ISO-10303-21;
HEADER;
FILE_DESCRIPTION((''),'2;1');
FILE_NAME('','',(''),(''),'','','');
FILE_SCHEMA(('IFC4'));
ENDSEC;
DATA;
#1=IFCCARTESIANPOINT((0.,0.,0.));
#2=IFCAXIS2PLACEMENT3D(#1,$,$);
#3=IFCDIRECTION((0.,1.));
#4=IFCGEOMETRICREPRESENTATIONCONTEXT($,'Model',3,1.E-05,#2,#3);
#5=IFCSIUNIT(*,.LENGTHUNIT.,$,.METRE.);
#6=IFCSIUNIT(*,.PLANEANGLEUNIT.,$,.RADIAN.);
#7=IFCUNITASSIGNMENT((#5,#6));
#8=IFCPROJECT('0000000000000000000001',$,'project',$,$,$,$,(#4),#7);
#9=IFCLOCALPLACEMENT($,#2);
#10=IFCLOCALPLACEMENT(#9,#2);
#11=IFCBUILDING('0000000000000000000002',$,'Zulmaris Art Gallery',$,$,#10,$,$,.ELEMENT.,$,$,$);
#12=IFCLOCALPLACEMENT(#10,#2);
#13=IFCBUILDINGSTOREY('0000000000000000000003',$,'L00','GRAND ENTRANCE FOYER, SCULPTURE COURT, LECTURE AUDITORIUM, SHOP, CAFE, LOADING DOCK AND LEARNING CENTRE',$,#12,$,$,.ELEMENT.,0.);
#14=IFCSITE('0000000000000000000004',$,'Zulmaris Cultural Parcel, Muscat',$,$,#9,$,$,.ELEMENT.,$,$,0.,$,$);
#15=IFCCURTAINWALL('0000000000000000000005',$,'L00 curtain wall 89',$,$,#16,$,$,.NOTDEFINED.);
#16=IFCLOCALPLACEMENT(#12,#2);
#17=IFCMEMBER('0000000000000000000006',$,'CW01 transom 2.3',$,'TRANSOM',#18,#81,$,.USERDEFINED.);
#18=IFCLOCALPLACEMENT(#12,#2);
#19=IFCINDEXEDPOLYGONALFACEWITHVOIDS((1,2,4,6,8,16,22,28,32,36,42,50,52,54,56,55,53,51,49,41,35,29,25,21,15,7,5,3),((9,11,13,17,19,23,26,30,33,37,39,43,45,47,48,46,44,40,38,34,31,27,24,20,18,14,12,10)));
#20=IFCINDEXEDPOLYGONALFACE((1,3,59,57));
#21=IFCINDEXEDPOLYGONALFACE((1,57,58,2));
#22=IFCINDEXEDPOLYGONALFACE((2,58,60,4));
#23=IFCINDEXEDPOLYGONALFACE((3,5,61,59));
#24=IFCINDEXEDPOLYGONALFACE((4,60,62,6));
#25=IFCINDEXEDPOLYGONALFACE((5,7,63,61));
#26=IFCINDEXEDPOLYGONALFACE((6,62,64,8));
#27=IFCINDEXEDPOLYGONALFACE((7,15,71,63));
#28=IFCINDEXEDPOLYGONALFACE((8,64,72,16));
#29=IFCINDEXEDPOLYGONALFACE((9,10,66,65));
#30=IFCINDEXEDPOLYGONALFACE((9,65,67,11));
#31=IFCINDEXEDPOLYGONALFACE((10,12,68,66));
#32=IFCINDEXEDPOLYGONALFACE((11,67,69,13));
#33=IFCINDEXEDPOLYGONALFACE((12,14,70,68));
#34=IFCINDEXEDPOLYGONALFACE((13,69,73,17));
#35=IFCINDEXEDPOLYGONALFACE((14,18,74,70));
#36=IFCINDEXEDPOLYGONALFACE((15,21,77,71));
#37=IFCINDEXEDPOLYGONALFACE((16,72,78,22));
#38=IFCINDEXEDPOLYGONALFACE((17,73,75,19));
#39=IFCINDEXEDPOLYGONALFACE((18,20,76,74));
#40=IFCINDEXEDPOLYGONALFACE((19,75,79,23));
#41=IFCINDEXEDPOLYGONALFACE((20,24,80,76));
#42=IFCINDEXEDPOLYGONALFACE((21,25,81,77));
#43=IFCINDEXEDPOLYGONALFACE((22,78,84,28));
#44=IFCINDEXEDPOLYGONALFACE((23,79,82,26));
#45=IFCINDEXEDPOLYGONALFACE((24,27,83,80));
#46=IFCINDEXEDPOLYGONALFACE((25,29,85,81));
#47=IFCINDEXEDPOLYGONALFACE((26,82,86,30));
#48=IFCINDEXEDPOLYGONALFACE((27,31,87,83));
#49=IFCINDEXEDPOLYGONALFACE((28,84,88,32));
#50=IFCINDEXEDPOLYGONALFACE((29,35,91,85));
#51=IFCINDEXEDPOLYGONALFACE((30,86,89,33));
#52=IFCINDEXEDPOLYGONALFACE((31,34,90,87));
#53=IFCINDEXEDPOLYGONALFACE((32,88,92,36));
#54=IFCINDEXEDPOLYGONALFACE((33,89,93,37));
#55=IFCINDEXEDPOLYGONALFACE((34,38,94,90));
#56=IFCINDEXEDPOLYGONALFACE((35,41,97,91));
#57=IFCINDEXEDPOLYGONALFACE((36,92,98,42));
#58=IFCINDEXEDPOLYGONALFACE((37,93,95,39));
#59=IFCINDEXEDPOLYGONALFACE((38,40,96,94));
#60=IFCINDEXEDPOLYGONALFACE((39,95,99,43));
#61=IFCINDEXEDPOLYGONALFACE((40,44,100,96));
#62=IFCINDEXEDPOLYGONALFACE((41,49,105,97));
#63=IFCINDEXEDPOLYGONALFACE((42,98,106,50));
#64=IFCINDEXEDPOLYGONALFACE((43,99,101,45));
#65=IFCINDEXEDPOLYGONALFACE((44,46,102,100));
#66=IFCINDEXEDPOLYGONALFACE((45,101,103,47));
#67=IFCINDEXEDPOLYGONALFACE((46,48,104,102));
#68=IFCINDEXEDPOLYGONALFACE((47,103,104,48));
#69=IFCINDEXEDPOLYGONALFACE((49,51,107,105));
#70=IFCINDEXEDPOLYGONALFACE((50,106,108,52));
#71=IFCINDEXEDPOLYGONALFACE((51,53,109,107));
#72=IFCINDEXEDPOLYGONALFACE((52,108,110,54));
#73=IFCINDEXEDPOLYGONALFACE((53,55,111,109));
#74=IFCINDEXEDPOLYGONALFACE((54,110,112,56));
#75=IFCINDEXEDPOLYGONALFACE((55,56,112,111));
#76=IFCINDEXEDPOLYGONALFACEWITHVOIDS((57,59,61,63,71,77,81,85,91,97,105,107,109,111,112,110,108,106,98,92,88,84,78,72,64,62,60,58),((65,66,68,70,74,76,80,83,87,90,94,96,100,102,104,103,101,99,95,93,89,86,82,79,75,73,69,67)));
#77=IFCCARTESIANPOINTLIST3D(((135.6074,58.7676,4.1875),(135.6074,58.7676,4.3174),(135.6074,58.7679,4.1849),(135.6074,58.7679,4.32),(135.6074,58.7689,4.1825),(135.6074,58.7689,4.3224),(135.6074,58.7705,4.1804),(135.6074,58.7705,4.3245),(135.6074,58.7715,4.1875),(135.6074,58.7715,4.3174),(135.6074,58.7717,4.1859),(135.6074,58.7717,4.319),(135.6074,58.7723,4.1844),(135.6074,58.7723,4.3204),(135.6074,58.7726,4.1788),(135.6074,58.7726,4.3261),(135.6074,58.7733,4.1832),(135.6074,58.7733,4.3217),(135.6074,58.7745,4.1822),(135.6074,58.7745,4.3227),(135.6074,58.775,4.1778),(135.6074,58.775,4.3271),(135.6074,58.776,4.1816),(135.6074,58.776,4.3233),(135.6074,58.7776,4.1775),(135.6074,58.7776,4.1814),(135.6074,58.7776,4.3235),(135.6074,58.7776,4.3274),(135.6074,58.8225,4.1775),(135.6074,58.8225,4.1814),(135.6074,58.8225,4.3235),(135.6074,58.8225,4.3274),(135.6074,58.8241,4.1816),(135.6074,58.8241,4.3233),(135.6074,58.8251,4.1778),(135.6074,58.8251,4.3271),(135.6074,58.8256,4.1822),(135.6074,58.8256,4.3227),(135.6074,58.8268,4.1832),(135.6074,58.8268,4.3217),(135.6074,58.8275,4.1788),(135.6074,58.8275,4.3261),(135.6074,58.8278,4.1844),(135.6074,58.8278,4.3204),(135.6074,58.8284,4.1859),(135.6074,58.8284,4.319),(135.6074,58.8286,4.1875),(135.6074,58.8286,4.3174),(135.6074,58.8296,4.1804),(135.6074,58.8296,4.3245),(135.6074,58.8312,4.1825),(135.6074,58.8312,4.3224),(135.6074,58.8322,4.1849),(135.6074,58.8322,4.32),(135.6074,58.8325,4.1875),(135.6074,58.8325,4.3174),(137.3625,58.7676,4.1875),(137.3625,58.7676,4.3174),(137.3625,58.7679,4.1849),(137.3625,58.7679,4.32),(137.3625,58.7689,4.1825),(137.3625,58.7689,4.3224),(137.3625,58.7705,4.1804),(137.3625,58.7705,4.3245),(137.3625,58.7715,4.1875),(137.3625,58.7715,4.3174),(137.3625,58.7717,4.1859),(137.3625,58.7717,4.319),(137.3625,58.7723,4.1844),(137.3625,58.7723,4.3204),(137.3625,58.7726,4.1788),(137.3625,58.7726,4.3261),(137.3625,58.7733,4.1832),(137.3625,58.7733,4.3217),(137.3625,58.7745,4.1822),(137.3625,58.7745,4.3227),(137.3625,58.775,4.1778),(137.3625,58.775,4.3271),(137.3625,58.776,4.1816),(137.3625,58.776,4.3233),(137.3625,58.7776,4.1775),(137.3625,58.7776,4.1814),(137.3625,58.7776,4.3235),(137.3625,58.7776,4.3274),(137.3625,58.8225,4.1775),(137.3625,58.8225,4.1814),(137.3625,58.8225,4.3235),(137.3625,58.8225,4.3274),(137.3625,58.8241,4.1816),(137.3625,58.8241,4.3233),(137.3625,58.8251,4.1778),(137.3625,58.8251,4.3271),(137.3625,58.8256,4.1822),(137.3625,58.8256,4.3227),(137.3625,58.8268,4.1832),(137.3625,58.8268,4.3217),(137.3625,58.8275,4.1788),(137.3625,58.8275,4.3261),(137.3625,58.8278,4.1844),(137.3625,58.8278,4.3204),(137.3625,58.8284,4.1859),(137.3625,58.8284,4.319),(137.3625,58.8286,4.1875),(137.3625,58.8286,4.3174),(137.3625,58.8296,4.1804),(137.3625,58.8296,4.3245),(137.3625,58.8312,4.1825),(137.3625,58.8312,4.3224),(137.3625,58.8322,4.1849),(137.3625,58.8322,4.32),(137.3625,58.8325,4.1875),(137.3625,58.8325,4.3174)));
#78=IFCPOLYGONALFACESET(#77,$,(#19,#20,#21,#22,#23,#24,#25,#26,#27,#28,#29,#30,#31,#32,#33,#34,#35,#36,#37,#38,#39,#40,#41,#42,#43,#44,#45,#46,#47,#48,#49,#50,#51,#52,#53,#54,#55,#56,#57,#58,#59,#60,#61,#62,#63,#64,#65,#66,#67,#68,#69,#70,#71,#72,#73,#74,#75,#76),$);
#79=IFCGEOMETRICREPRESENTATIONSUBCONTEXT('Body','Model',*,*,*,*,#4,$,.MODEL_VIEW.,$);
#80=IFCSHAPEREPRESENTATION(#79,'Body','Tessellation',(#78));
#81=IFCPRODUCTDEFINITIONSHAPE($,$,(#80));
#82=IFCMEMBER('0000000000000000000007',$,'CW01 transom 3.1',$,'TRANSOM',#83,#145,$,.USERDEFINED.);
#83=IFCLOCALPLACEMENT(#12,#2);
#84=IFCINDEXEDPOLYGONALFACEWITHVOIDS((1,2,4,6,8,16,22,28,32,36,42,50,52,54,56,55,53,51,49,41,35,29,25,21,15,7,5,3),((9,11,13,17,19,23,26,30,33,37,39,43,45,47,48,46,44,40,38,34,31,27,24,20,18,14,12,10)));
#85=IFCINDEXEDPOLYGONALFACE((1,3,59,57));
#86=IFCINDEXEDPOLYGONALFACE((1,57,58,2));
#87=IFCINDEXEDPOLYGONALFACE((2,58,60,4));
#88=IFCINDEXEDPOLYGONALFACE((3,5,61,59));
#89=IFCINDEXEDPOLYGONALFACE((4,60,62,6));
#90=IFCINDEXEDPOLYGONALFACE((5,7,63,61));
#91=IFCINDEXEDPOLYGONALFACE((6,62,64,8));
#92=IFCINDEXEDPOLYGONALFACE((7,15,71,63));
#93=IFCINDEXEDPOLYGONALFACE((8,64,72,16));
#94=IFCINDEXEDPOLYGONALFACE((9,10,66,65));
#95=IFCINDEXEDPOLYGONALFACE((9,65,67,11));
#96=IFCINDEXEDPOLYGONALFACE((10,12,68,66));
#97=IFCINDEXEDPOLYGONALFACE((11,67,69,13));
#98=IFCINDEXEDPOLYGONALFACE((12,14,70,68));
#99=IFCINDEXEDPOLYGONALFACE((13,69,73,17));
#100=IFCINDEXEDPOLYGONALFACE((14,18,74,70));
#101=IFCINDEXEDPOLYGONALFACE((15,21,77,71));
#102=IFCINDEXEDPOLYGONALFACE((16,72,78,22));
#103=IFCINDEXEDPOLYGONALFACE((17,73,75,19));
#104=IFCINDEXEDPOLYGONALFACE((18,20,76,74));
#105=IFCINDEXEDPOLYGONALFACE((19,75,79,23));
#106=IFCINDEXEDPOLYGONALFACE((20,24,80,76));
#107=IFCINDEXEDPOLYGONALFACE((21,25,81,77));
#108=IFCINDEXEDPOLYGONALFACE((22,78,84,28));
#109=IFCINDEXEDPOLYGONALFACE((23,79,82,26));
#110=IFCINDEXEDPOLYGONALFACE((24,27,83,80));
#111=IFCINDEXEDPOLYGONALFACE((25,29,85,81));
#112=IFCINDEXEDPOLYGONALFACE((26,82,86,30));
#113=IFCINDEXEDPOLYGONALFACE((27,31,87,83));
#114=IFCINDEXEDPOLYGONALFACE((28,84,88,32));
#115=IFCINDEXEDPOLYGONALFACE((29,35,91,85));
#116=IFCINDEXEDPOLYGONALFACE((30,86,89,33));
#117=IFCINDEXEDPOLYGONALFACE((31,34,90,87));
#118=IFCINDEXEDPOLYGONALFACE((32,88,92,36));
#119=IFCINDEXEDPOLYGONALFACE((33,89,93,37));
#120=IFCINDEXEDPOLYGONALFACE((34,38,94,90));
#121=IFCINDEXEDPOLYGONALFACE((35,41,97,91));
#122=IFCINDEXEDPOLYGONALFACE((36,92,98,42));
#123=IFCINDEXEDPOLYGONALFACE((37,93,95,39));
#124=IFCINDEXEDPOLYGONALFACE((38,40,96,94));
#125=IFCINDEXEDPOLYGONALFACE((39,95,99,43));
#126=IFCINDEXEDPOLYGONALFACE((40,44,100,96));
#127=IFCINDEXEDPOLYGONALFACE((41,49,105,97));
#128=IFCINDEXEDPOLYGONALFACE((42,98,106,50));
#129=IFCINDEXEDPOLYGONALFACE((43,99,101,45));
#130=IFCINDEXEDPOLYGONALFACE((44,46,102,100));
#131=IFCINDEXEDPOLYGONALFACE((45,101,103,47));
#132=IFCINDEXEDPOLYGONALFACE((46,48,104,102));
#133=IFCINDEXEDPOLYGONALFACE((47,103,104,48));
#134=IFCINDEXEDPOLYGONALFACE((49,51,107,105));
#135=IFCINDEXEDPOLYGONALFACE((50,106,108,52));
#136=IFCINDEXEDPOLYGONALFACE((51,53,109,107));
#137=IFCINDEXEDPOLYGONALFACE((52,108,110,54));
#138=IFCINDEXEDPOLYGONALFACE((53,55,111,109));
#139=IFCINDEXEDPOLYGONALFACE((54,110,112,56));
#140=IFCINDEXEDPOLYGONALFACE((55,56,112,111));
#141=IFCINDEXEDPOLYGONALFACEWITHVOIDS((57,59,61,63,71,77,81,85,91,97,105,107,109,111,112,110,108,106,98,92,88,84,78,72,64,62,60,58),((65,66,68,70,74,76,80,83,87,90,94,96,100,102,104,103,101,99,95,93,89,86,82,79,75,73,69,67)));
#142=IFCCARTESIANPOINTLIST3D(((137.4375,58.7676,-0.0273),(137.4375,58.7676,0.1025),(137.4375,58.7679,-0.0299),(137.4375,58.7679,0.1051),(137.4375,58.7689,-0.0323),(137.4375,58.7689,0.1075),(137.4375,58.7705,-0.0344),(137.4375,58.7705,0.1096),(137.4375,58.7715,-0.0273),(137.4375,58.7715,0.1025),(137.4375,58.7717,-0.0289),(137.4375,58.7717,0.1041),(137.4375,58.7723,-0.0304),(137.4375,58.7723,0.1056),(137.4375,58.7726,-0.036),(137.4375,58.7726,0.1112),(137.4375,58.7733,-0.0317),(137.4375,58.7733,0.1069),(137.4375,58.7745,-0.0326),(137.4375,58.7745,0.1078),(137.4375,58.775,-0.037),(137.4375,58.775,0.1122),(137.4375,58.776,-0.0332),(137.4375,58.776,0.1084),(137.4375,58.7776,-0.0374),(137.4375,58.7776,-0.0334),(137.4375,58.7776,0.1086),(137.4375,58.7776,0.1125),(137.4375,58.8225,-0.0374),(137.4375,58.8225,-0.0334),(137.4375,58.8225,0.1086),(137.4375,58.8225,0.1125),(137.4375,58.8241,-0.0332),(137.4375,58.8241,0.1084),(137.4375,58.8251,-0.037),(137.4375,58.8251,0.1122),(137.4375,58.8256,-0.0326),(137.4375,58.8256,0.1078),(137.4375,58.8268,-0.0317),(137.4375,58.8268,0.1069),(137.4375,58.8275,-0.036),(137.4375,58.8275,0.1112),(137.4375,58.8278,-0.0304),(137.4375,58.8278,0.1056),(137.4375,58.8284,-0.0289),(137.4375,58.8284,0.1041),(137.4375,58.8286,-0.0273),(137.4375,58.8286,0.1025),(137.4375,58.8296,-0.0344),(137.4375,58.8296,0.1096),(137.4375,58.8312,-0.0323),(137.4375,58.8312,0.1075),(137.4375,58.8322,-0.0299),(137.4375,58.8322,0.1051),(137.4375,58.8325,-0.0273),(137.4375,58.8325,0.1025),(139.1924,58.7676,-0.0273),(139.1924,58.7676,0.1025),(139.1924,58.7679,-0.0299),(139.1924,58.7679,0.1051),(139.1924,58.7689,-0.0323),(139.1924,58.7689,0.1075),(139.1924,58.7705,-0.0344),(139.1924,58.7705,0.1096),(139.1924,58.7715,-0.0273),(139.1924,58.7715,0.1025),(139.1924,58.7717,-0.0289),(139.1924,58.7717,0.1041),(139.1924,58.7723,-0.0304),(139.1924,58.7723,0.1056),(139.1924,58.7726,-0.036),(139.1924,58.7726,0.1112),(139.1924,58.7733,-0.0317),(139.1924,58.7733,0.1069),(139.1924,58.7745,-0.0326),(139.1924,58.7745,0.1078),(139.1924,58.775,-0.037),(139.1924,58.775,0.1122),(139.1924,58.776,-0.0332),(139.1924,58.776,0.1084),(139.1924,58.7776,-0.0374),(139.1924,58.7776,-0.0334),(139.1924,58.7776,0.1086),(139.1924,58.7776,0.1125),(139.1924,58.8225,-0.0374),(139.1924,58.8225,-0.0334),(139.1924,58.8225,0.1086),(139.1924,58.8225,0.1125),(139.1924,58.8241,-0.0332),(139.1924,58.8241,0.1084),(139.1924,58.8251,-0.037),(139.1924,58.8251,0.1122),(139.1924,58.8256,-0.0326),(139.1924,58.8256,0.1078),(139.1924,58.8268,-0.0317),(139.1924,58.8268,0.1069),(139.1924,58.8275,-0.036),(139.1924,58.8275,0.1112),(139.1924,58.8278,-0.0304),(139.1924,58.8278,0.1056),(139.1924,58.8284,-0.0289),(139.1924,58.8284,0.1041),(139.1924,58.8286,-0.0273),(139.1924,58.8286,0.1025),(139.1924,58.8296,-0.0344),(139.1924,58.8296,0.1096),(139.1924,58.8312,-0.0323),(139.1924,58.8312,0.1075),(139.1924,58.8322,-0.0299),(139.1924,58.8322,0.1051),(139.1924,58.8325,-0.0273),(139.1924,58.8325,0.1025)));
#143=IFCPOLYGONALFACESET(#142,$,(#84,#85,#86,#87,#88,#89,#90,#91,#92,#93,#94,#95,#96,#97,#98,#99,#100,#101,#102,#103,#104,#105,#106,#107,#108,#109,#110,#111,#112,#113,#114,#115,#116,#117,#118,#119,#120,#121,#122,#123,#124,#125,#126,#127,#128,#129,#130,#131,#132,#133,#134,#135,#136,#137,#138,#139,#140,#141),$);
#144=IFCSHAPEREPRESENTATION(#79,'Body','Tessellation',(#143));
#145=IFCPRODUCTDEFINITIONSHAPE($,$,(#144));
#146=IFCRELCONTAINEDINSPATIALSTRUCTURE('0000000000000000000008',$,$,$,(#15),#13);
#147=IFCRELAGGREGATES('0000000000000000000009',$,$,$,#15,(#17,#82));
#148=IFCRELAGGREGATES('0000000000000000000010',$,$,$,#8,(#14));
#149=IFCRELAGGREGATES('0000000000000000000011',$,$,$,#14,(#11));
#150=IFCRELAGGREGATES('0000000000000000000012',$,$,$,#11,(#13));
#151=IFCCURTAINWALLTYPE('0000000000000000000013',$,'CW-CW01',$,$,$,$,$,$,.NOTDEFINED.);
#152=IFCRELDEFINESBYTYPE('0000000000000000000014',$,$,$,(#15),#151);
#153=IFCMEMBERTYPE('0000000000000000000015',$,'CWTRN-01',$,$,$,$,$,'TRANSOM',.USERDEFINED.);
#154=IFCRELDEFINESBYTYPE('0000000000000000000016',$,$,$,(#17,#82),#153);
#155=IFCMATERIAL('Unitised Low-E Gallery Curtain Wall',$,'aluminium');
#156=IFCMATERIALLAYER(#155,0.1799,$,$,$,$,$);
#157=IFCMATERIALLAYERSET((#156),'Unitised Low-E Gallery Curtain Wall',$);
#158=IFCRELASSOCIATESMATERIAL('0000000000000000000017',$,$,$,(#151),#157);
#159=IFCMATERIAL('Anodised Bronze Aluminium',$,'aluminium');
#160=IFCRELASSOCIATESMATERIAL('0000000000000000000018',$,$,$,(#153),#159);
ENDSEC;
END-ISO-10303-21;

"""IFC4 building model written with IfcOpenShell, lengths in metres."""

from ifc_helpers import new_model, si_unit, direction, frame, origin, origin_2d, place, context, subcontext, project, spatial, hollow_rectangle, extrude, material, layer, layer_set, material_profile, profile_set, type_object, element, aggregate, save


model = new_model("IFC4")

# Units and contexts
model_context = context("Model", 3, precision=1e-05, world=origin(), true_north=direction((0.0, 1.0)))
body_context = subcontext(model_context, "Body", "Model", "MODEL_VIEW")
ifc_project = project(units=[si_unit("LENGTHUNIT", "METRE"), si_unit("PLANEANGLEUNIT", "RADIAN")], contexts=[model_context])

# Site, building, storey
site_placement = place(None, origin())
site = spatial("IfcSite", under=ifc_project, at=site_placement, Name="Zulmaris Cultural Parcel, Muscat", CompositionType="ELEMENT", RefElevation=0.0)
building_placement = place(site_placement, origin())
building = spatial("IfcBuilding", under=site, at=building_placement, Name="Zulmaris Art Gallery", CompositionType="ELEMENT")
storey_placement = place(building_placement, origin())
storey = spatial("IfcBuildingStorey", under=building, at=storey_placement, Name="L00", Description="GRAND ENTRANCE FOYER, SCULPTURE COURT, LECTURE AUDITORIUM, SHOP, CAFE, LOADING DOCK AND LEARNING CENTRE", CompositionType="ELEMENT", Elevation=0.0)

# Shared definitions
ifc_material_1 = material(Name="Unitised Low-E Gallery Curtain Wall", Category="aluminium")
ifc_layer_1 = layer(ifc_material_1, 0.1799)
ifc_layer_set_1 = layer_set([ifc_layer_1], Name="Unitised Low-E Gallery Curtain Wall")
curtain_wall_type = type_object("IfcCurtainWallType", Name="CW-CW01", PredefinedType="NOTDEFINED", material=ifc_layer_set_1)
ifc_material_2 = material(Name="Anodised Bronze Aluminium", Category="aluminium")

# Curtain wall, members
curtain_wall_1_placement = place(storey_placement, origin())
curtain_wall_1 = element("IfcCurtainWall", 1, at=curtain_wall_1_placement, inside=storey, type_object=curtain_wall_type, Name="L00 curtain wall 89", PredefinedType="NOTDEFINED")
ifc_material_profile_1 = material_profile(ifc_material_2, hollow_rectangle(XDim=0.0649, YDim=0.1499, WallThickness=0.0039, InnerFilletRadius=0.0061, OuterFilletRadius=0.01, at=origin_2d()), Name="ALU 65x150x4")
ifc_profile_set_1 = profile_set([ifc_material_profile_1], Name="Anodised Bronze Aluminium")
member_type_1 = type_object("IfcMemberType", Name="CWTRN-01", ElementType="TRANSOM", PredefinedType="USERDEFINED", material=ifc_profile_set_1)
member_1_placement = place(storey_placement, frame((135.6074, 58.8, 4.2524), z_axis=(1.0, 0.0, 0.0), x_axis=(0.0, 1.0, 0.0)))
member_1 = element("IfcMember", 2, at=member_1_placement, type_object=member_type_1, Name="CW01 transom 2.3", ObjectType="TRANSOM", PredefinedType="USERDEFINED", context=body_context, shape_type="SweptSolid", body=[
    extrude(hollow_rectangle(XDim=0.0649, YDim=0.1499, WallThickness=0.0039, InnerFilletRadius=0.0061, OuterFilletRadius=0.01, at=origin_2d()), origin(), (0.0, 0.0, 1.0), 1.7551),
])
member_2_placement = place(storey_placement, frame((137.4375, 58.8, 0.0376), z_axis=(1.0, 0.0, 0.0), x_axis=(0.0, 1.0, 0.0)))
member_2 = element("IfcMember", 3, at=member_2_placement, type_object=member_type_1, Name="CW01 transom 3.1", ObjectType="TRANSOM", PredefinedType="USERDEFINED", context=body_context, shape_type="SweptSolid", body=[
    extrude(hollow_rectangle(XDim=0.0649, YDim=0.1499, WallThickness=0.0039, InnerFilletRadius=0.0061, OuterFilletRadius=0.01, at=origin_2d()), origin(), (0.0, 0.0, 1.0), 1.7549),
])
aggregate(curtain_wall_1, [member_1, member_2])

save(model, "model.ifc")
